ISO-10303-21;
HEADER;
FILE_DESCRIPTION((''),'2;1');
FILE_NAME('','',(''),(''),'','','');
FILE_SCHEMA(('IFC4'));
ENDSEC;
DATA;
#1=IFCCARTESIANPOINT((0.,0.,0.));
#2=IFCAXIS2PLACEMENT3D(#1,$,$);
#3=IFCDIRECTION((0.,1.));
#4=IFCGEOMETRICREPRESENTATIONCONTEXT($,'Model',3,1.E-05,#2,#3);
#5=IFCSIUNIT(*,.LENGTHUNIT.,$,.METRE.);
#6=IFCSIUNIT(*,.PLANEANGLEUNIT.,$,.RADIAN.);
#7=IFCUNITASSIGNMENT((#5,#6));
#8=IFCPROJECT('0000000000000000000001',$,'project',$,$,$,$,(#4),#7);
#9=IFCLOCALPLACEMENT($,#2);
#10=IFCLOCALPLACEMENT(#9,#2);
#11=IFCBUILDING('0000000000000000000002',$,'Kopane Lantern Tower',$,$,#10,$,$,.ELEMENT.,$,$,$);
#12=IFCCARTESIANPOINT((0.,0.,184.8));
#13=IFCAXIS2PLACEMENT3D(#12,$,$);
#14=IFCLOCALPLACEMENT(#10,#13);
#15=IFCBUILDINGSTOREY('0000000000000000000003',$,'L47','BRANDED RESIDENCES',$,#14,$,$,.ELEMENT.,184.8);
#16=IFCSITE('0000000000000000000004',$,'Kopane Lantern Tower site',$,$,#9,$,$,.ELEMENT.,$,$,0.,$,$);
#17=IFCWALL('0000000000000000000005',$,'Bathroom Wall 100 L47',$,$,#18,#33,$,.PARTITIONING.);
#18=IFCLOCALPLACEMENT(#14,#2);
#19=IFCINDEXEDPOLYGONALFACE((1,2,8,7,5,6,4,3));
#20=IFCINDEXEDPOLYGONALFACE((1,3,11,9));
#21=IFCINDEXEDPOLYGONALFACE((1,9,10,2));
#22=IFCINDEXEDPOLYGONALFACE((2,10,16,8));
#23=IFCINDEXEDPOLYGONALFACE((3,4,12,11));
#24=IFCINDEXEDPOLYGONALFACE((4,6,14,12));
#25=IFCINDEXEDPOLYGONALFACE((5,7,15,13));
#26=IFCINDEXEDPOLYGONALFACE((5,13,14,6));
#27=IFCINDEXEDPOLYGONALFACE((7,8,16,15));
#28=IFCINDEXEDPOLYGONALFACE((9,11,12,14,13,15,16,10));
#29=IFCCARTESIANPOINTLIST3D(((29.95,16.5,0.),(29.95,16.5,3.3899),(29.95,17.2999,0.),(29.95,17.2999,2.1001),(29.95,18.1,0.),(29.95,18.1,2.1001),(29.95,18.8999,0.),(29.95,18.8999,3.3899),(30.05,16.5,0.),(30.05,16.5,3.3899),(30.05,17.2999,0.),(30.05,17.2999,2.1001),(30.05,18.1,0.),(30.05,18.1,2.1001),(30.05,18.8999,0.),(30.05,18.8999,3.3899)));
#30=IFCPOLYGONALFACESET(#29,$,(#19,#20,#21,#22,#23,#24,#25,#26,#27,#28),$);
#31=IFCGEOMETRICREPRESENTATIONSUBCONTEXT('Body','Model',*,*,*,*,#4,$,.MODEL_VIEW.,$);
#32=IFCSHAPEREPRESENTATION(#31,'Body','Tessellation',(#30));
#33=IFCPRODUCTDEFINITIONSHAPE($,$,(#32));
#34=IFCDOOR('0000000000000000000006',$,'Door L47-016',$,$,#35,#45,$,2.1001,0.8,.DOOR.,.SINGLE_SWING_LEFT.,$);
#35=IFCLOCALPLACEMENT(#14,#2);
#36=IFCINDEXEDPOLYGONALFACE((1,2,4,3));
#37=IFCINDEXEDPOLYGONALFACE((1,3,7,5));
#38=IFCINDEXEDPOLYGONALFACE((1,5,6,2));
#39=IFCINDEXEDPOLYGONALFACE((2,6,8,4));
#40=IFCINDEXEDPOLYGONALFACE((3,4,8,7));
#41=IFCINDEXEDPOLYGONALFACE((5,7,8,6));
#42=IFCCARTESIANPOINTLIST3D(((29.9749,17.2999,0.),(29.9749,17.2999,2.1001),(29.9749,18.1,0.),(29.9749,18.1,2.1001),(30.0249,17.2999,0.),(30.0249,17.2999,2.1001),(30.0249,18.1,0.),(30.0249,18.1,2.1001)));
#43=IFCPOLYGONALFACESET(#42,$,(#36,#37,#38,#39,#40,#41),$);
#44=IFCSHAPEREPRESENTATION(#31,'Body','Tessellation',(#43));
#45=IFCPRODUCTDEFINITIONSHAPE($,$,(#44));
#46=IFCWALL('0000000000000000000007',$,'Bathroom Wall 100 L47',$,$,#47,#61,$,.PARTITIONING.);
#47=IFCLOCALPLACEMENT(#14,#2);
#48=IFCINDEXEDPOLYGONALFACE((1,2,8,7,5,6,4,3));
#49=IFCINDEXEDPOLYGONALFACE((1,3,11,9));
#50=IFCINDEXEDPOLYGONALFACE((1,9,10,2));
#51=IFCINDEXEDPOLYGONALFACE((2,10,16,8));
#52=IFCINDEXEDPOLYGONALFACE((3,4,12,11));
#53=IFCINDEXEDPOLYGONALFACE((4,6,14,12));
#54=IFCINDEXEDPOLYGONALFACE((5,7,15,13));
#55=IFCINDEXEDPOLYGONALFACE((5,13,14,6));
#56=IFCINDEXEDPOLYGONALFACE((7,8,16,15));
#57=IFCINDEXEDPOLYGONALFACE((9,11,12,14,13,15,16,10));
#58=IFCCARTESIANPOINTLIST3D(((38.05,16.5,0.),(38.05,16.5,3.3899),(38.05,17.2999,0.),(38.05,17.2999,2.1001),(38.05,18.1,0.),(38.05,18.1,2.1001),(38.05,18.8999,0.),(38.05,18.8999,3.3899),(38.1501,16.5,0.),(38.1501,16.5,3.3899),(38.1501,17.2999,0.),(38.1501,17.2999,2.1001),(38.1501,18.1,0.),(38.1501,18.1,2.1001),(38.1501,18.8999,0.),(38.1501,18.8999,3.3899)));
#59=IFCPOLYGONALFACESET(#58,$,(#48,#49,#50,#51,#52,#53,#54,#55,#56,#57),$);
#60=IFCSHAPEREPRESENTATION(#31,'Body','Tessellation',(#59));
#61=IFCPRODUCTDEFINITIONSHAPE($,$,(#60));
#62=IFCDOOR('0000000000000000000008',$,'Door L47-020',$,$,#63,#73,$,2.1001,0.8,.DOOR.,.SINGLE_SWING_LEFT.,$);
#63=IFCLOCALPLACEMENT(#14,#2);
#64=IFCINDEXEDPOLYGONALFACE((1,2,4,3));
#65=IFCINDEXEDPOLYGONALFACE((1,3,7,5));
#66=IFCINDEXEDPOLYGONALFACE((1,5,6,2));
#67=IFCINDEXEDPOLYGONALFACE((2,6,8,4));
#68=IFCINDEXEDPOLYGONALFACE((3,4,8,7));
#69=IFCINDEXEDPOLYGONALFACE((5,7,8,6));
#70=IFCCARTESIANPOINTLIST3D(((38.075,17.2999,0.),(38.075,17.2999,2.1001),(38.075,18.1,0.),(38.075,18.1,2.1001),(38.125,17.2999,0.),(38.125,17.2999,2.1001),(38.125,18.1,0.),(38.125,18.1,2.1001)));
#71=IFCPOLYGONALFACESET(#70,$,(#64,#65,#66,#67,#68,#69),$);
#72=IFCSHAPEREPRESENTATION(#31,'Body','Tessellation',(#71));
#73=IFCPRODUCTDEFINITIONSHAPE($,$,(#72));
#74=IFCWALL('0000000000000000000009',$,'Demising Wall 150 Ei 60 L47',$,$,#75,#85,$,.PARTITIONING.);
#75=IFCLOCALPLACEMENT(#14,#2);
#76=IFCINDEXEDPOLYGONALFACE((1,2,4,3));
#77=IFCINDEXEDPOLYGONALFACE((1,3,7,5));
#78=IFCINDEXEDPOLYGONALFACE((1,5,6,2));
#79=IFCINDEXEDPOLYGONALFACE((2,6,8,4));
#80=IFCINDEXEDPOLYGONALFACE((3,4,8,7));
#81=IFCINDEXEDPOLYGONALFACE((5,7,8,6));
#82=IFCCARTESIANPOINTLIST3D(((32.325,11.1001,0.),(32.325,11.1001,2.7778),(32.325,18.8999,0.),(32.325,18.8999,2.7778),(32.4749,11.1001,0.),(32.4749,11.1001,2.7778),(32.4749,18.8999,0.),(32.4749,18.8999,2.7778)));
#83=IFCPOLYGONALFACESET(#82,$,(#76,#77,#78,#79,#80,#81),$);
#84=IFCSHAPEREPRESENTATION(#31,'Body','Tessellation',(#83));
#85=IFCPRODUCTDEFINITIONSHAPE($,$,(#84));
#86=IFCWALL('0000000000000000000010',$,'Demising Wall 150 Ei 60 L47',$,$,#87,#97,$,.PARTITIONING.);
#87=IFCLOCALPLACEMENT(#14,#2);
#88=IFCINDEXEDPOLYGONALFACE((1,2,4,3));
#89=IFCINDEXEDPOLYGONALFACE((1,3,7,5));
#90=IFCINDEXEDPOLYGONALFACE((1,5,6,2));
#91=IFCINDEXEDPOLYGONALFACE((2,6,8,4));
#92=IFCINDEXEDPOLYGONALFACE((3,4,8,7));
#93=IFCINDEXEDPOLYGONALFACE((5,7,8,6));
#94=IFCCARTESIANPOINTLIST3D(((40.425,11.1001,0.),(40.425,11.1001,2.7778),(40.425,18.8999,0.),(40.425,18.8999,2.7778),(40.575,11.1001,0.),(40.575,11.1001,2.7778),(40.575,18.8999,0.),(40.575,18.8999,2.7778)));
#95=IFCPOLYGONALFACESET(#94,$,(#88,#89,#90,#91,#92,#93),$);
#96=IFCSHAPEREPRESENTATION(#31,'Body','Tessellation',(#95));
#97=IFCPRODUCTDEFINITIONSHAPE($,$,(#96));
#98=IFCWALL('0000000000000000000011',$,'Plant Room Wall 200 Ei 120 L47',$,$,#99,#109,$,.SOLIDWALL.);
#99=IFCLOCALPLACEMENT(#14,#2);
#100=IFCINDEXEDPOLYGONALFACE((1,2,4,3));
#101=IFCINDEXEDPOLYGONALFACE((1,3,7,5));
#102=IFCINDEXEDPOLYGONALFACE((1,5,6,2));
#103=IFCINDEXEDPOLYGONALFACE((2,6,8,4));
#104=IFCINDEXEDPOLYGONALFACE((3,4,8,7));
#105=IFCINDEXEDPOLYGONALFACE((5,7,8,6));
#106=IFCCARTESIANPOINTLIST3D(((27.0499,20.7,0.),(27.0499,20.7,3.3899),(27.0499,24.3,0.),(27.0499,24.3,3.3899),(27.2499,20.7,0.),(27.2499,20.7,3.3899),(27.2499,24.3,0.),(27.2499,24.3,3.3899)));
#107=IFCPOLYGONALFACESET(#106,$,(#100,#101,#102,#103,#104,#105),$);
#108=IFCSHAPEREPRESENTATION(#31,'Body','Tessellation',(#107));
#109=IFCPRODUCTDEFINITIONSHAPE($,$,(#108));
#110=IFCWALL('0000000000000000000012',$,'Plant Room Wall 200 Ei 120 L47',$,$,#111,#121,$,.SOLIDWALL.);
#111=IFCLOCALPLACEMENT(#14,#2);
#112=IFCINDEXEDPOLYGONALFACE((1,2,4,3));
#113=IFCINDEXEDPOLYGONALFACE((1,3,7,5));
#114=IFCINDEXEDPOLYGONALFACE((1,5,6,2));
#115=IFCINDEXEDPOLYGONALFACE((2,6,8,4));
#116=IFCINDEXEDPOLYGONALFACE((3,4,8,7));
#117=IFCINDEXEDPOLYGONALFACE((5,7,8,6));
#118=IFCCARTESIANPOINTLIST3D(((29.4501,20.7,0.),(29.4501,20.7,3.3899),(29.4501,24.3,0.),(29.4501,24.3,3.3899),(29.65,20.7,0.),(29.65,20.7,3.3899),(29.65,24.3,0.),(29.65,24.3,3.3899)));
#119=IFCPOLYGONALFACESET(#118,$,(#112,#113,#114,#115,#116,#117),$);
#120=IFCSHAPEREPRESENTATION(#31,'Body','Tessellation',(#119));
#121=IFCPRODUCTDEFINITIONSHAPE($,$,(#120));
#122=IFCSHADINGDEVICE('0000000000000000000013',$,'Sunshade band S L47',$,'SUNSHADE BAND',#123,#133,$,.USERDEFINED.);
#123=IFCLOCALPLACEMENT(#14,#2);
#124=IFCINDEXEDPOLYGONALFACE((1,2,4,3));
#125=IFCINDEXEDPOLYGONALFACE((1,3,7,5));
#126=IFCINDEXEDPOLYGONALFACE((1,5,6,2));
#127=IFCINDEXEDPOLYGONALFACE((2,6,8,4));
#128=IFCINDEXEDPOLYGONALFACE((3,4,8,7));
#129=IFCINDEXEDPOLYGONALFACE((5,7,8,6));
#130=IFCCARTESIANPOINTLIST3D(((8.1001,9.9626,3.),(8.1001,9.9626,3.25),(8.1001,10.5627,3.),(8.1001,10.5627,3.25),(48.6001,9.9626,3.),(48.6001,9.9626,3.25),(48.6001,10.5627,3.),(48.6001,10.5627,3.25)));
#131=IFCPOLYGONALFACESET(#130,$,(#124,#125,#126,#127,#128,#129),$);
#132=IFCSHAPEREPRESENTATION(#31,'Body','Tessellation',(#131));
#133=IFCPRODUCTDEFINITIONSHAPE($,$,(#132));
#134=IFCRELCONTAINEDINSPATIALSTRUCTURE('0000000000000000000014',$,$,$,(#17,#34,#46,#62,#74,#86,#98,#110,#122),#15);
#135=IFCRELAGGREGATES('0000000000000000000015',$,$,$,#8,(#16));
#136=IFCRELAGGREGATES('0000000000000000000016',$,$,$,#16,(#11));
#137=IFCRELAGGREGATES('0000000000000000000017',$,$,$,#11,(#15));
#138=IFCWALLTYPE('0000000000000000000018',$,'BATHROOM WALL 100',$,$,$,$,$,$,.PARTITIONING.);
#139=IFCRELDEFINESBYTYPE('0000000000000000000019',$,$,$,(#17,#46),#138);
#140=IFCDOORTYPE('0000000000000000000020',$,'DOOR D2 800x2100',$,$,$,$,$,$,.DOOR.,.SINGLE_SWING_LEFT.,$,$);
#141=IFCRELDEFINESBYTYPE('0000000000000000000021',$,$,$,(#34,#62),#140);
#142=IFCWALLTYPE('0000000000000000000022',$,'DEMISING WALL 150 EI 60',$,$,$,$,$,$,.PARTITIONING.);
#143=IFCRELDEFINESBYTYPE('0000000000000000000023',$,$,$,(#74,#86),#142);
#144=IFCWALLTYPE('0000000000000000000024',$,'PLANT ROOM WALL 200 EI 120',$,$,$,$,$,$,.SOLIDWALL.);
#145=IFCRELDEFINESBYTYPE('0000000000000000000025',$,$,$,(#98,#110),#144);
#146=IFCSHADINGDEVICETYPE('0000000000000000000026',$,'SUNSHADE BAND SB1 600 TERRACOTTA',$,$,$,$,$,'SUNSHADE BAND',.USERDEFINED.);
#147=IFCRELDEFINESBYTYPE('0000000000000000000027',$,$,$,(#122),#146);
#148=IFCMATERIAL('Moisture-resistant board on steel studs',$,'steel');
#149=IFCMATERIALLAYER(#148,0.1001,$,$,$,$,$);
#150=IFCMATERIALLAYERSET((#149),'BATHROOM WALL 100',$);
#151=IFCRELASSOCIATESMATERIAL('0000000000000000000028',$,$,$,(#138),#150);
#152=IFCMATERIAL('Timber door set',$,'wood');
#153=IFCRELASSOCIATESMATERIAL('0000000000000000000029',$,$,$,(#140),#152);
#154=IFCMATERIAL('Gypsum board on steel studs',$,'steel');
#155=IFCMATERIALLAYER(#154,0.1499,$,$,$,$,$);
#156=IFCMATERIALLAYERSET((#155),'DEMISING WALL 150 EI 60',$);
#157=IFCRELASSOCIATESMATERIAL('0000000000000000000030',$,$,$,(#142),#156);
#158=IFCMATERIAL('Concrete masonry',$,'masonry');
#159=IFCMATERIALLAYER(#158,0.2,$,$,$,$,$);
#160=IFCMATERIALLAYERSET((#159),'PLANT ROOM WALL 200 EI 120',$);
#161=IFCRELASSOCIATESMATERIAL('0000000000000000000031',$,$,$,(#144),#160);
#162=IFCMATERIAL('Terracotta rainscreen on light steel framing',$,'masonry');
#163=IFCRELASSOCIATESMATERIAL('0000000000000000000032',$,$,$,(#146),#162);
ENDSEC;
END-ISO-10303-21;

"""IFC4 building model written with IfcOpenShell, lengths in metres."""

from ifc_helpers import new_model, si_unit, direction, frame, frame_2d, origin, origin_2d, place, context, subcontext, project, spatial, rectangle, extrude, material, layer, layer_set, type_object, element, fill, save


model = new_model("IFC4")

# Units and contexts
model_context = context("Model", 3, precision=1e-05, world=origin(), true_north=direction((0.0, 1.0)))
body_context = subcontext(model_context, "Body", "Model", "MODEL_VIEW")
ifc_project = project(units=[si_unit("LENGTHUNIT", "METRE"), si_unit("PLANEANGLEUNIT", "RADIAN")], contexts=[model_context])

# Site, building, storey
site_placement = place(None, origin())
site = spatial("IfcSite", under=ifc_project, at=site_placement, Name="Kopane Lantern Tower site", CompositionType="ELEMENT", RefElevation=0.0)
building_placement = place(site_placement, origin())
building = spatial("IfcBuilding", under=site, at=building_placement, Name="Kopane Lantern Tower", CompositionType="ELEMENT")
storey_placement = place(building_placement, frame((0.0, 0.0, 184.8)))
storey = spatial("IfcBuildingStorey", under=building, at=storey_placement, Name="L47", Description="BRANDED RESIDENCES", CompositionType="ELEMENT", Elevation=184.8)

# Walls, openings, doors
ifc_material_1 = material(Name="Moisture-resistant board on steel studs", Category="steel")
ifc_layer_1 = layer(ifc_material_1, 0.1001)
ifc_layer_set_1 = layer_set([ifc_layer_1], Name="BATHROOM WALL 100")
wall_type_1 = type_object("IfcWallType", Name="BATHROOM WALL 100", PredefinedType="PARTITIONING", material=ifc_layer_set_1)
wall_1_placement = place(storey_placement, frame((30.0, 18.8999, 0.0), z_axis=(0.0, 0.0, 1.0), x_axis=(0.0, -1.0, 0.0)))
wall_1 = element("IfcWall", 1, at=wall_1_placement, inside=storey, type_object=wall_type_1, Name="Bathroom Wall 100 L47", PredefinedType="PARTITIONING", context=body_context, shape_type="SweptSolid", body=[
    extrude(rectangle(XDim=2.3999, YDim=0.1001, at=frame_2d((1.2, 0.0))), origin(), (0.0, 0.0, 1.0), 3.3899),
])
opening_1_placement = place(wall_1_placement, frame((0.8, 0.0, 0.0)))
opening_1 = element("IfcOpeningElement", 2, at=opening_1_placement, cuts=wall_1, PredefinedType="OPENING", context=body_context, shape_type="SweptSolid", body=[
    extrude(rectangle(XDim=0.8, YDim=2.1001, at=frame_2d((0.3999, 1.05))), frame((0.0, 0.0601, 0.0), z_axis=(0.0, -1.0, 0.0), x_axis=(1.0, 0.0, 0.0)), (0.0, 0.0, 1.0), 0.1201),
])
ifc_material_2 = material(Name="Timber door set", Category="wood")
door_type = type_object("IfcDoorType", Name="DOOR D2 800x2100", OperationType="SINGLE_SWING_LEFT", PredefinedType="DOOR", material=ifc_material_2)
door_1_placement = place(opening_1_placement, origin())
door_1 = element("IfcDoor", 3, at=door_1_placement, inside=storey, type_object=door_type, Name="Door L47-016", OperationType="SINGLE_SWING_LEFT", OverallHeight=2.1001, OverallWidth=0.8, PredefinedType="DOOR", context=body_context, shape_type="SweptSolid", body=[
    extrude(rectangle(XDim=0.8, YDim=2.1001, at=frame_2d((0.3999, 1.05))), frame((0.0, 0.0249, 0.0), z_axis=(0.0, -1.0, 0.0), x_axis=(1.0, 0.0, 0.0)), (0.0, 0.0, 1.0), 0.05),
])
fill(opening_1, door_1)
wall_2_placement = place(storey_placement, frame((38.1001, 18.8999, 0.0), z_axis=(0.0, 0.0, 1.0), x_axis=(0.0, -1.0, 0.0)))
wall_2 = element("IfcWall", 4, at=wall_2_placement, inside=storey, type_object=wall_type_1, Name="Bathroom Wall 100 L47", PredefinedType="PARTITIONING", context=body_context, shape_type="SweptSolid", body=[
    extrude(rectangle(XDim=2.3999, YDim=0.1001, at=frame_2d((1.2, 0.0))), origin(), (0.0, 0.0, 1.0), 3.3899),
])
opening_2_placement = place(wall_2_placement, frame((0.8, 0.0, 0.0)))
opening_2 = element("IfcOpeningElement", 5, at=opening_2_placement, cuts=wall_2, PredefinedType="OPENING", context=body_context, shape_type="SweptSolid", body=[
    extrude(rectangle(XDim=0.8, YDim=2.1001, at=frame_2d((0.3999, 1.05))), frame((0.0, 0.0601, 0.0), z_axis=(0.0, -1.0, 0.0), x_axis=(1.0, 0.0, 0.0)), (0.0, 0.0, 1.0), 0.1201),
])
door_2_placement = place(opening_2_placement, origin())
door_2 = element("IfcDoor", 6, at=door_2_placement, inside=storey, type_object=door_type, Name="Door L47-020", OperationType="SINGLE_SWING_LEFT", OverallHeight=2.1001, OverallWidth=0.8, PredefinedType="DOOR", context=body_context, shape_type="SweptSolid", body=[
    extrude(rectangle(XDim=0.8, YDim=2.1001, at=frame_2d((0.3999, 1.05))), frame((0.0, 0.0249, 0.0), z_axis=(0.0, -1.0, 0.0), x_axis=(1.0, 0.0, 0.0)), (0.0, 0.0, 1.0), 0.05),
])
fill(opening_2, door_2)

# Walls
ifc_material_3 = material(Name="Gypsum board on steel studs", Category="steel")
ifc_layer_2 = layer(ifc_material_3, 0.1499)
ifc_layer_set_2 = layer_set([ifc_layer_2], Name="DEMISING WALL 150 EI 60")
wall_type_2 = type_object("IfcWallType", Name="DEMISING WALL 150 EI 60", PredefinedType="PARTITIONING", material=ifc_layer_set_2)
for number, where, z_axis, x_axis, name in (
    (7, (32.3999, 18.8999, 0.0), (0.0, 0.0, 1.0), (0.0, -1.0, 0.0), "Demising Wall 150 Ei 60 L47"),
    (8, (40.5, 18.8999, 0.0), (0.0, 0.0, 1.0), (0.0, -1.0, 0.0), "Demising Wall 150 Ei 60 L47"),
):
    element("IfcWall", number, at=place(storey_placement, frame(where, z_axis=z_axis, x_axis=x_axis)), inside=storey, type_object=wall_type_2, Name=name, PredefinedType="PARTITIONING", context=body_context, shape_type="SweptSolid", body=[
        extrude(rectangle(XDim=7.7998, YDim=0.1499, at=frame_2d((3.8999, 0.0))), origin(), (0.0, 0.0, 1.0), 2.7778),
    ])
ifc_material_4 = material(Name="Concrete masonry", Category="masonry")
ifc_layer_3 = layer(ifc_material_4, 0.2)
ifc_layer_set_3 = layer_set([ifc_layer_3], Name="PLANT ROOM WALL 200 EI 120")
wall_type_3 = type_object("IfcWallType", Name="PLANT ROOM WALL 200 EI 120", PredefinedType="SOLIDWALL", material=ifc_layer_set_3)
for number, where, z_axis, x_axis, name in (
    (9, (27.1499, 20.7, 0.0), (0.0, 0.0, 1.0), (0.0, 1.0, 0.0), "Plant Room Wall 200 Ei 120 L47"),
    (10, (29.55, 20.7, 0.0), (0.0, 0.0, 1.0), (0.0, 1.0, 0.0), "Plant Room Wall 200 Ei 120 L47"),
):
    element("IfcWall", number, at=place(storey_placement, frame(where, z_axis=z_axis, x_axis=x_axis)), inside=storey, type_object=wall_type_3, Name=name, PredefinedType="SOLIDWALL", context=body_context, shape_type="SweptSolid", body=[
        extrude(rectangle(XDim=3.6001, YDim=0.2, at=frame_2d((1.8, 0.0))), origin(), (0.0, 0.0, 1.0), 3.3899),
    ])

# Shading device
ifc_material_5 = material(Name="Terracotta rainscreen on light steel framing", Category="masonry")
shading_device_type = type_object("IfcShadingDeviceType", Name="SUNSHADE BAND SB1 600 TERRACOTTA", ElementType="SUNSHADE BAND", PredefinedType="USERDEFINED", material=ifc_material_5)
shading_device_placement = place(storey_placement, frame((28.3501, 10.2627, 3.0), z_axis=(0.0, 0.0, 1.0), x_axis=(1.0, 0.0, 0.0)))
element("IfcShadingDevice", 11, at=shading_device_placement, inside=storey, type_object=shading_device_type, Name="Sunshade band S L47", ObjectType="SUNSHADE BAND", PredefinedType="USERDEFINED", context=body_context, shape_type="SweptSolid", body=[
    extrude(rectangle(XDim=40.5, YDim=0.6001, at=origin_2d()), origin(), (0.0, 0.0, 1.0), 0.25),
])

save(model, "model.ifc")
